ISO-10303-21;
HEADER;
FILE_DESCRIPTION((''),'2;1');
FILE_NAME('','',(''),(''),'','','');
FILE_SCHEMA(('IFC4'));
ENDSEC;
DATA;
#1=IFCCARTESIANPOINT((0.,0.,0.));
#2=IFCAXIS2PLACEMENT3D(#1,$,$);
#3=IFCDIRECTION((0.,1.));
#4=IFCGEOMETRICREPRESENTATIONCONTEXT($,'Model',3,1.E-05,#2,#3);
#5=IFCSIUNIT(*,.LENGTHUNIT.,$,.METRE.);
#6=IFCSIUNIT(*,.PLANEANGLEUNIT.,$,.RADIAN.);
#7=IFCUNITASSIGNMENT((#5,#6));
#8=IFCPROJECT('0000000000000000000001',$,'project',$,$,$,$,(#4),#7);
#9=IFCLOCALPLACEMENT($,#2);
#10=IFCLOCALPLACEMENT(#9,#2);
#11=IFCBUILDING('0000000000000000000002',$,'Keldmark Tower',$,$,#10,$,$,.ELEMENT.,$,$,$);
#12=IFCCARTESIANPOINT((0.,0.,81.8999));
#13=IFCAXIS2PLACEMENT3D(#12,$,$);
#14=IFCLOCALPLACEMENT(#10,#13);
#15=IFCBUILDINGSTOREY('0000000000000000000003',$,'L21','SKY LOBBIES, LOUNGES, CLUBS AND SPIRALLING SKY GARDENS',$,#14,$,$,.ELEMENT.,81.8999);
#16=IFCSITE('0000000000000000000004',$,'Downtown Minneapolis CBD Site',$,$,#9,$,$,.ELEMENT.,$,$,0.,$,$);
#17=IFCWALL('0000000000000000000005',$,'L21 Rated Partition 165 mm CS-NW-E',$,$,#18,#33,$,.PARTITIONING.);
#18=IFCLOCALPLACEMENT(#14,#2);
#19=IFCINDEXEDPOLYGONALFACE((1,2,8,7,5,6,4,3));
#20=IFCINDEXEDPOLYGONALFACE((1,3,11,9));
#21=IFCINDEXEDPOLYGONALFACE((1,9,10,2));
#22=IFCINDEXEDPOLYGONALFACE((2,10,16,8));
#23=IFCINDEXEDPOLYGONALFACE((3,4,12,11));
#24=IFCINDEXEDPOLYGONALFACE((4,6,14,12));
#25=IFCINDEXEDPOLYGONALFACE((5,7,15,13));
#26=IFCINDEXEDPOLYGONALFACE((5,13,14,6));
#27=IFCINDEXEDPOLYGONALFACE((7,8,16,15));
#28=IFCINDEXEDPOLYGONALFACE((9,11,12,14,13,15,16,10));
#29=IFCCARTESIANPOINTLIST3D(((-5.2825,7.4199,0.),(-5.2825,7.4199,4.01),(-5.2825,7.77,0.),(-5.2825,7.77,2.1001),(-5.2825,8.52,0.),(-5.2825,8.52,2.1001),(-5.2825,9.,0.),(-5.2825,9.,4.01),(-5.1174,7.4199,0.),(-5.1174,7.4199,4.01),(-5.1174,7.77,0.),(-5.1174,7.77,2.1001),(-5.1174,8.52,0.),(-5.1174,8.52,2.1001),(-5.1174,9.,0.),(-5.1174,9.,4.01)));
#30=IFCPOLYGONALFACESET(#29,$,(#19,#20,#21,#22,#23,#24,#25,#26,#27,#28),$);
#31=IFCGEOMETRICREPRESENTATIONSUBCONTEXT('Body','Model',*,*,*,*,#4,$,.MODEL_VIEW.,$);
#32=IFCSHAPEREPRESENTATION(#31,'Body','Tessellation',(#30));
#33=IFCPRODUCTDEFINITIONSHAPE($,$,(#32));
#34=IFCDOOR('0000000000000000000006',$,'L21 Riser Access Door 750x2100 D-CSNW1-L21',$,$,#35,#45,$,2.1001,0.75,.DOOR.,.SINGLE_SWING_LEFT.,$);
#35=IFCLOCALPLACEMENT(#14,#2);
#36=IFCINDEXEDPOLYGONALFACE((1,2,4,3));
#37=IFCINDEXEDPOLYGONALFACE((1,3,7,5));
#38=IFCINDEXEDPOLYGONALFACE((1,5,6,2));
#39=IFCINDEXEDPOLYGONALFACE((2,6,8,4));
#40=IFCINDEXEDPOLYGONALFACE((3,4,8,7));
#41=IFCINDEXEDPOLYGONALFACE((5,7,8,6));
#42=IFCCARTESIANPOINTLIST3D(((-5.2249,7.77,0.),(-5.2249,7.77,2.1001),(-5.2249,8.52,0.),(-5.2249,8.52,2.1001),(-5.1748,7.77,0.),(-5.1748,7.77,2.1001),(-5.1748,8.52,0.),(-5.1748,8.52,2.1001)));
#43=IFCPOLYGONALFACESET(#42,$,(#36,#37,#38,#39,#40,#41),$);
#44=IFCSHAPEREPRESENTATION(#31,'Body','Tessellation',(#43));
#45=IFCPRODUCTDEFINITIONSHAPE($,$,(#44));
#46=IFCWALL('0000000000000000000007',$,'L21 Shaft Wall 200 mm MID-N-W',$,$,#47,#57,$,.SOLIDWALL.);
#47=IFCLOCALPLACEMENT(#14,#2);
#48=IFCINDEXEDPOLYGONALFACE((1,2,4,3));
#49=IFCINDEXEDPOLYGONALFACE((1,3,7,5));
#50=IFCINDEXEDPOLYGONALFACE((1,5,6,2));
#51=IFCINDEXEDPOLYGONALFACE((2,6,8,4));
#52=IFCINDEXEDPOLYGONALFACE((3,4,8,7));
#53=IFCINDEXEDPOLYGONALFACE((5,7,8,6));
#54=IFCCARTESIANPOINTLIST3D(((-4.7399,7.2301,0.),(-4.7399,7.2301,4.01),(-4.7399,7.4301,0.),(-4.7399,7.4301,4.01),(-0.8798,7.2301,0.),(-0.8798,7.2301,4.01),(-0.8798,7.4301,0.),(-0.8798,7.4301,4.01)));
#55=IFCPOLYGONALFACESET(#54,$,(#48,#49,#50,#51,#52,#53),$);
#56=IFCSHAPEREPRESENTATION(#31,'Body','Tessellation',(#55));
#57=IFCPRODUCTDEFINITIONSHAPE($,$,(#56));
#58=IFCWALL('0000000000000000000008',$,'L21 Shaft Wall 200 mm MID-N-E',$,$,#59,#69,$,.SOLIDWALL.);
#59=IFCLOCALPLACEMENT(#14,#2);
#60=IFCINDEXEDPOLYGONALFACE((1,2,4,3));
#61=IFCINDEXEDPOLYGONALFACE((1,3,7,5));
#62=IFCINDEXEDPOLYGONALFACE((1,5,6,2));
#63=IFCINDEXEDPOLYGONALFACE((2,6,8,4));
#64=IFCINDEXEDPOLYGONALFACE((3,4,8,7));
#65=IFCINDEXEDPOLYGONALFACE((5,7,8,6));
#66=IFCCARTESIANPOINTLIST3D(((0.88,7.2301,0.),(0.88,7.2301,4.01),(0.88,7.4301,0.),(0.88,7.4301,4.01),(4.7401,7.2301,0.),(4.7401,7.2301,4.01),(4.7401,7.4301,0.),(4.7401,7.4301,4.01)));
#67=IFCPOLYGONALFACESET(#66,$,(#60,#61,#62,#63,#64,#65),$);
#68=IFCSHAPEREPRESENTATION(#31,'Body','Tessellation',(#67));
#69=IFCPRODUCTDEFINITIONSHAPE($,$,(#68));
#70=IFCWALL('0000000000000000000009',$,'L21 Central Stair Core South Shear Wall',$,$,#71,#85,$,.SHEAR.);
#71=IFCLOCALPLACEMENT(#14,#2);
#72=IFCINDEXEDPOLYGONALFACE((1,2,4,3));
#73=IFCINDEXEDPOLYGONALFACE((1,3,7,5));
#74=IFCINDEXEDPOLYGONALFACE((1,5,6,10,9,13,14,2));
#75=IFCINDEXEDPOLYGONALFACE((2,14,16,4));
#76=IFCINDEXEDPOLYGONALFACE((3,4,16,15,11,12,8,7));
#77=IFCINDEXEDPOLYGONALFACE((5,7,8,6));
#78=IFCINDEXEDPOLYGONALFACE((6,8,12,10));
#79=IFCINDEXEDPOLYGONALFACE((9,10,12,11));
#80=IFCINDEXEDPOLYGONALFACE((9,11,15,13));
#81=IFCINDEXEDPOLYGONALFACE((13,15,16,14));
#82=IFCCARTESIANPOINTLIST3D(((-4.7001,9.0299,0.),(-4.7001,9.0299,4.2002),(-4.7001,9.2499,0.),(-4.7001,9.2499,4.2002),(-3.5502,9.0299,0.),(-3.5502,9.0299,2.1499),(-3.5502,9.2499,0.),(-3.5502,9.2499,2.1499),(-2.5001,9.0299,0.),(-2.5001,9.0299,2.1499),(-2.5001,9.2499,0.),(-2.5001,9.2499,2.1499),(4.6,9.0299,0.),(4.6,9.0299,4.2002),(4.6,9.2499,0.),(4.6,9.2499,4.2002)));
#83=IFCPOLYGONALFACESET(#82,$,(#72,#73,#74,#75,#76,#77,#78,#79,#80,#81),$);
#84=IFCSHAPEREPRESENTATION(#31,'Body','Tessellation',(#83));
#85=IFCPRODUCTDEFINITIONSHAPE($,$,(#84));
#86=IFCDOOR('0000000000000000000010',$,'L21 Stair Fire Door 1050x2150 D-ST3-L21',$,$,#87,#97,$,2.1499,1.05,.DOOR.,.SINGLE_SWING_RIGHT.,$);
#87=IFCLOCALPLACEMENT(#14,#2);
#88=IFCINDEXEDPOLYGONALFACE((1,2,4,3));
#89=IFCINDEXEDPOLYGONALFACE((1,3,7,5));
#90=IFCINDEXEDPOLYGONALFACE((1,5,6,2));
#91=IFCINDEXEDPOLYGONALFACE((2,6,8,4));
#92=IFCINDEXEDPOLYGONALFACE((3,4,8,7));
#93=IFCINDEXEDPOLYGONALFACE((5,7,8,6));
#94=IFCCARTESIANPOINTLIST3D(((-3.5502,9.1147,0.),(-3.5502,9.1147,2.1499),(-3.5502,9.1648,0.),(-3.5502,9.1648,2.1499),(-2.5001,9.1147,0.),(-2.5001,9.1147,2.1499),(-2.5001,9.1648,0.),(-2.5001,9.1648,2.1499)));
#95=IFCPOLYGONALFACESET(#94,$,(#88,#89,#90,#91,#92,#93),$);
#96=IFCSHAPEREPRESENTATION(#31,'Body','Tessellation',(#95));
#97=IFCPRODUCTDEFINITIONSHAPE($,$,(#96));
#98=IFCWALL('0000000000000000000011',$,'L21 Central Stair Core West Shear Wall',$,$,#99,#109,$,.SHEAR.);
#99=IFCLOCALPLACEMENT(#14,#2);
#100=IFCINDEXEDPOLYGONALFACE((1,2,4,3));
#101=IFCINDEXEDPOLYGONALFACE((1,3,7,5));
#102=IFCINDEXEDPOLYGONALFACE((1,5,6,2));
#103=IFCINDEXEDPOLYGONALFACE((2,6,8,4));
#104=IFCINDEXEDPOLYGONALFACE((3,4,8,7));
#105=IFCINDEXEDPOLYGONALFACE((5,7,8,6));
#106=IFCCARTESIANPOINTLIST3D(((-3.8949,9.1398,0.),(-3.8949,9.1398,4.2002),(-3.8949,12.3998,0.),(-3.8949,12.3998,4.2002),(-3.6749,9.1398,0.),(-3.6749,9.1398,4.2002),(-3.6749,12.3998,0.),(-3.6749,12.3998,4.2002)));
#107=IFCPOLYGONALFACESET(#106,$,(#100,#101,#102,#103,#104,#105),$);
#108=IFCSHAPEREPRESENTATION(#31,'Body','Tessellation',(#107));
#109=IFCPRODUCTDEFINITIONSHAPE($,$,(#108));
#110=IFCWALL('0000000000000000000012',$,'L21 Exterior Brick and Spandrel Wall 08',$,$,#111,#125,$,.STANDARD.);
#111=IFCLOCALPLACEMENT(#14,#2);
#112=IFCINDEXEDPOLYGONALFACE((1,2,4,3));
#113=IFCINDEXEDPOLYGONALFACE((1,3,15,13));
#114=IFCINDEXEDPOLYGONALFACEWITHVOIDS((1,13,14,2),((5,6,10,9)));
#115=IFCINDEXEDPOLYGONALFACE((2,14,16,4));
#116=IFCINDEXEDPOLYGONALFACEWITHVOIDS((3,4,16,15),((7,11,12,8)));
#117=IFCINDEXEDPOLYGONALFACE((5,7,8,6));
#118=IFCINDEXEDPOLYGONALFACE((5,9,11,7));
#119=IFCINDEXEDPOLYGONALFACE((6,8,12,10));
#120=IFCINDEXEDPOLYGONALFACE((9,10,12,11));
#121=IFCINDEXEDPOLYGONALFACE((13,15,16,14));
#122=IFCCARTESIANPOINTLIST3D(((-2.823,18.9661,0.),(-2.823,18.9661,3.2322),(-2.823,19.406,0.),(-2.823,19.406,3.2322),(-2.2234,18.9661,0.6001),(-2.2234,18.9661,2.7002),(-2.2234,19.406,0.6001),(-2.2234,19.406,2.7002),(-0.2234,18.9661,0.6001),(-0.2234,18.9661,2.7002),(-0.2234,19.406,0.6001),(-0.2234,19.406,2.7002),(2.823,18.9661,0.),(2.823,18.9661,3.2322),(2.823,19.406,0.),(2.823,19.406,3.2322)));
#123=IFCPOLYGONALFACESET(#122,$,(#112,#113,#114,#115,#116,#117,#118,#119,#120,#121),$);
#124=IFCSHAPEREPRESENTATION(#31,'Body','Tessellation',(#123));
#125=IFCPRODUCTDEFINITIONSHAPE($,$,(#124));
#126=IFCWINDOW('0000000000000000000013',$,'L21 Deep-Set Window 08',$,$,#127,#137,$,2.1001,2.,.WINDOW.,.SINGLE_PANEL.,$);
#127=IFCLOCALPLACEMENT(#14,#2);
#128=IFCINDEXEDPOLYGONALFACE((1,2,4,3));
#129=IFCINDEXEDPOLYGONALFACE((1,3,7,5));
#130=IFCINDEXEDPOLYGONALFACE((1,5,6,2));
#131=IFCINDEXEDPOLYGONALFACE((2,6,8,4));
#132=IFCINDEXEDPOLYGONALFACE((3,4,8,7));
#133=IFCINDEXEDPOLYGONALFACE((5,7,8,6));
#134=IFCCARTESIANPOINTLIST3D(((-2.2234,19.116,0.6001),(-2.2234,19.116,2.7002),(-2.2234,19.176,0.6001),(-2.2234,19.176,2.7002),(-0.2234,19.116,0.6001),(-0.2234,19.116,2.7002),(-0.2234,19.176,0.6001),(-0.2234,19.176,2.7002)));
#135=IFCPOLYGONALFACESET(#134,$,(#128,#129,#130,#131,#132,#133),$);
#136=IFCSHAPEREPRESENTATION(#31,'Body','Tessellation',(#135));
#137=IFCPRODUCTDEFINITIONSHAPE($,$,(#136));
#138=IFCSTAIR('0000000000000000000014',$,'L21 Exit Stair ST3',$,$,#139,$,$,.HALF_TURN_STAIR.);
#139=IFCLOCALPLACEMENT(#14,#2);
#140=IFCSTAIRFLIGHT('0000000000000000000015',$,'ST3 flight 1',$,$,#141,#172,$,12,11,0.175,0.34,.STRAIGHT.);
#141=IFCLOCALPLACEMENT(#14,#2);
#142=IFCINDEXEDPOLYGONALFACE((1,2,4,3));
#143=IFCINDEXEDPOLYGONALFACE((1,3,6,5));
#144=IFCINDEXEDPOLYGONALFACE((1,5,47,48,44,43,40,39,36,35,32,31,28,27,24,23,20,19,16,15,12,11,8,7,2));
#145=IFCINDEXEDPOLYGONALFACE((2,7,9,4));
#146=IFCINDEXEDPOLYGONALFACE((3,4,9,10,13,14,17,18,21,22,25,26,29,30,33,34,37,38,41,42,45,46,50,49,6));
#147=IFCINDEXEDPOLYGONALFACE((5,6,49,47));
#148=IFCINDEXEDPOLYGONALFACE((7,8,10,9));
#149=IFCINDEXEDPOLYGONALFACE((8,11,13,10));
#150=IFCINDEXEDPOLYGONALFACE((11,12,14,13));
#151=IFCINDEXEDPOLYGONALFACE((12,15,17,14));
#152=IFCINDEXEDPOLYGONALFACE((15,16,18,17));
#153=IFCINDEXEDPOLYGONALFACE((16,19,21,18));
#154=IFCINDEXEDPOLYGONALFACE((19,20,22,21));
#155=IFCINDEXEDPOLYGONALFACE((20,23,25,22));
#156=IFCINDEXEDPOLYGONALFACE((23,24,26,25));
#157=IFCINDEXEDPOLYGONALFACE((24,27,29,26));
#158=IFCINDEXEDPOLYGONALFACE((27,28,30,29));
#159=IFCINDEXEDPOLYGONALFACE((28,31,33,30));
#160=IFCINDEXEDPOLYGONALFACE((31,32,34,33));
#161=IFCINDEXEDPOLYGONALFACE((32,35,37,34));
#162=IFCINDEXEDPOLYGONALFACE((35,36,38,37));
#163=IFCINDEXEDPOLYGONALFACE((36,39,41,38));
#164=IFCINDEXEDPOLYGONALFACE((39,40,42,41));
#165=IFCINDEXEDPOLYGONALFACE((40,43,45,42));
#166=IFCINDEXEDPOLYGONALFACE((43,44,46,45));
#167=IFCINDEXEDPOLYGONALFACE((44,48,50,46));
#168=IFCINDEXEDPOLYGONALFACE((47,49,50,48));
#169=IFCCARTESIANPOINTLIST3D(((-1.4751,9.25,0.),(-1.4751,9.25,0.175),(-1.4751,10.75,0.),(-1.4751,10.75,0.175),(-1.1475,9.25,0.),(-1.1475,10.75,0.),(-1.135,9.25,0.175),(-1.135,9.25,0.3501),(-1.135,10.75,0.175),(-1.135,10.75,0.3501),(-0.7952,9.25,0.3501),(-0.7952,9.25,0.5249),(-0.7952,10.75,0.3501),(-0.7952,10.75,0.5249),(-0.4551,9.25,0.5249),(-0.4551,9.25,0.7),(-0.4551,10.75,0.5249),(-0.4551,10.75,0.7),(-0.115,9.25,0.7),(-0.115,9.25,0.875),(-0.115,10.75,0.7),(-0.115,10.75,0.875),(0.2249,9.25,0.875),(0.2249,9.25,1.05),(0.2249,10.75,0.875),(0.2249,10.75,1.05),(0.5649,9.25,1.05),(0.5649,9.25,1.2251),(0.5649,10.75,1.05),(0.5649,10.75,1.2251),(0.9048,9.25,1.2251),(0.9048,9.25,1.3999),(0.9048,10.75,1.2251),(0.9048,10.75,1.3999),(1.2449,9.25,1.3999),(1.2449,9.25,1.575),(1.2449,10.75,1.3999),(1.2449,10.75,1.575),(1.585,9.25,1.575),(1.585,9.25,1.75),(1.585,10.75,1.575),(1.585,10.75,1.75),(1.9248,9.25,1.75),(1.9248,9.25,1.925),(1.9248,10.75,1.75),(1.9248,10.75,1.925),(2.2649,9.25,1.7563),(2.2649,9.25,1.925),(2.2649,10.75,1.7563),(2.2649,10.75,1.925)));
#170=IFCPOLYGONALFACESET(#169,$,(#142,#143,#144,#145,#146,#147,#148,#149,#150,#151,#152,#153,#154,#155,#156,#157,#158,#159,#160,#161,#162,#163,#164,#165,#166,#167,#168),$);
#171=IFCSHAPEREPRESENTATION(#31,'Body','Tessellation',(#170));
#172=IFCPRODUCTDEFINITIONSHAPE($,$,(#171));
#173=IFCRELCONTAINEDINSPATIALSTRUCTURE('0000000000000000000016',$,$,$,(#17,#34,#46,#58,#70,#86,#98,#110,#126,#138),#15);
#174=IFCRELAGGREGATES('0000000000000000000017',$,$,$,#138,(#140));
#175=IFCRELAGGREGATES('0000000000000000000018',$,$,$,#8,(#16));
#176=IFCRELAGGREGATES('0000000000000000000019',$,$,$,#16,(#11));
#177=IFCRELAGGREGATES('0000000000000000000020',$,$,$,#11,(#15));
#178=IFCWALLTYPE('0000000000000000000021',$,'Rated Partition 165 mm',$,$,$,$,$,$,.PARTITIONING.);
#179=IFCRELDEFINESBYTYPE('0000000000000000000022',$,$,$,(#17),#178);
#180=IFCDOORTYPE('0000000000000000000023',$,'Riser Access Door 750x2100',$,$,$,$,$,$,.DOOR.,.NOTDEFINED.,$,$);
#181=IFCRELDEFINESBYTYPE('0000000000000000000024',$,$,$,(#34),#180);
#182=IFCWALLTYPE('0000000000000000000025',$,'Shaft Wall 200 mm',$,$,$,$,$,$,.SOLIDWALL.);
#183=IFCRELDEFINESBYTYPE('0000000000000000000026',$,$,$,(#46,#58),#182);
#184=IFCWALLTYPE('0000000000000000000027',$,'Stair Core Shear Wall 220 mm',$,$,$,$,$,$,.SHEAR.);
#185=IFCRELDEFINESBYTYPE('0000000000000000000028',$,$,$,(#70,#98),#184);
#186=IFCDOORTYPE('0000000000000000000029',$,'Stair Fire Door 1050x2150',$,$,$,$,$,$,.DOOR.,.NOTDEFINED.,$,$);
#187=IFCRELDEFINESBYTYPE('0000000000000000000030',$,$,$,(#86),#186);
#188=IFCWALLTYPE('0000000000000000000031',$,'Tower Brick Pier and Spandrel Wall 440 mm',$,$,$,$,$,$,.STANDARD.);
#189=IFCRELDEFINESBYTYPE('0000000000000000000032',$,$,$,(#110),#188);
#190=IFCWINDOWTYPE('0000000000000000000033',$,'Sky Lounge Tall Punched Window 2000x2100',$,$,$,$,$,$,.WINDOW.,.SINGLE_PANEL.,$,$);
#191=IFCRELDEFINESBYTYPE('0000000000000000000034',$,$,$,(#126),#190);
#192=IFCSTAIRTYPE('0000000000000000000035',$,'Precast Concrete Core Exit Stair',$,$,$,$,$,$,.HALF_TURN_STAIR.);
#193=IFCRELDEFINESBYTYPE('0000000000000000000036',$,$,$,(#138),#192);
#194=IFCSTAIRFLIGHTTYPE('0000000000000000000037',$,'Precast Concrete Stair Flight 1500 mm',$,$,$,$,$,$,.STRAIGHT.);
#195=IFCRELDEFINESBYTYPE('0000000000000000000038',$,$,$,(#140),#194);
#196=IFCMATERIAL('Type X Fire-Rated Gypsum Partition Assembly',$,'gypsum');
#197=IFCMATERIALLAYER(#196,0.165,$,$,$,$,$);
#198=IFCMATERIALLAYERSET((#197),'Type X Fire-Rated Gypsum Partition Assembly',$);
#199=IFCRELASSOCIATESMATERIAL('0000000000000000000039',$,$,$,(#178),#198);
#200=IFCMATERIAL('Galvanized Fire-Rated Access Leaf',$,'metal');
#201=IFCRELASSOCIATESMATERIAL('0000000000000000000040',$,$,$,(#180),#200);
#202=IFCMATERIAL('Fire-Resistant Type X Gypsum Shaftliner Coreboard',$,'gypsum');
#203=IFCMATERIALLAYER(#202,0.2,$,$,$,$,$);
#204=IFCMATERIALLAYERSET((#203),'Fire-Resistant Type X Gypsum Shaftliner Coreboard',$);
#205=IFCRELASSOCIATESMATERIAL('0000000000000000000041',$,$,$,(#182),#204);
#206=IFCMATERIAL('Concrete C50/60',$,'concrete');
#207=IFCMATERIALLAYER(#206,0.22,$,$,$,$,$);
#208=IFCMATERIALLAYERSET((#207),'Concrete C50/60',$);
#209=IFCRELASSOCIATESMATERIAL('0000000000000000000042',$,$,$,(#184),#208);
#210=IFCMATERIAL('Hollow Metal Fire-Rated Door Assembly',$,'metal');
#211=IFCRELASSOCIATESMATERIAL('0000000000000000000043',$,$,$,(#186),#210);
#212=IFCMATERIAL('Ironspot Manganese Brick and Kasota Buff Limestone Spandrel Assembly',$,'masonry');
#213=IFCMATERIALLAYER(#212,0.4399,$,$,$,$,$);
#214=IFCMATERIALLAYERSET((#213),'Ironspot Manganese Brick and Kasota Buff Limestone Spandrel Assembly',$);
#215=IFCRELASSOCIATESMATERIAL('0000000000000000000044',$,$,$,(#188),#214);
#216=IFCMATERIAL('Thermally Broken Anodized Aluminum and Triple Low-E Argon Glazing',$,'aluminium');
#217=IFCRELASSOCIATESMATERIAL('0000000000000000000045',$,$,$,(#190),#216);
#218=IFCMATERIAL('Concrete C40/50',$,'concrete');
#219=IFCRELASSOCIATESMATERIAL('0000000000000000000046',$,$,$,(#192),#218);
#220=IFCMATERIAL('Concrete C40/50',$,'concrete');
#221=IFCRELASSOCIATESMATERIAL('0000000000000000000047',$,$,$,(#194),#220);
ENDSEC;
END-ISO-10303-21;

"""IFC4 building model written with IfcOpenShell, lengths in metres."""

from ifc_helpers import new_model, si_unit, direction, frame, frame_2d, origin, place, context, subcontext, project, spatial, polyline, rectangle, outline, extrude, material, layer, layer_set, type_object, element, fill, aggregate, save


model = new_model("IFC4")

# Units and contexts
model_context = context("Model", 3, precision=1e-05, world=origin(), true_north=direction((0.0, 1.0)))
body_context = subcontext(model_context, "Body", "Model", "MODEL_VIEW")
ifc_project = project(units=[si_unit("LENGTHUNIT", "METRE"), si_unit("PLANEANGLEUNIT", "RADIAN")], contexts=[model_context])

# Site, building, storey
site_placement = place(None, origin())
site = spatial("IfcSite", under=ifc_project, at=site_placement, Name="Downtown Minneapolis CBD Site", CompositionType="ELEMENT", RefElevation=0.0)
building_placement = place(site_placement, origin())
building = spatial("IfcBuilding", under=site, at=building_placement, Name="Keldmark Tower", CompositionType="ELEMENT")
storey_placement = place(building_placement, frame((0.0, 0.0, 81.8999)))
storey = spatial("IfcBuildingStorey", under=building, at=storey_placement, Name="L21", Description="SKY LOBBIES, LOUNGES, CLUBS AND SPIRALLING SKY GARDENS", CompositionType="ELEMENT", Elevation=81.8999)

# Wall, opening, door
ifc_material_1 = material(Name="Type X Fire-Rated Gypsum Partition Assembly", Category="gypsum")
ifc_layer_1 = layer(ifc_material_1, 0.165)
ifc_layer_set_1 = layer_set([ifc_layer_1], Name="Type X Fire-Rated Gypsum Partition Assembly")
wall_type_1 = type_object("IfcWallType", Name="Rated Partition 165 mm", PredefinedType="PARTITIONING", material=ifc_layer_set_1)
wall_1_placement = place(storey_placement, frame((-5.2, 7.4199, 0.0), z_axis=(0.0, 0.0, 1.0), x_axis=(0.0, 1.0, 0.0)))
wall_1 = element("IfcWall", 1, at=wall_1_placement, inside=storey, type_object=wall_type_1, Name="L21 Rated Partition 165 mm CS-NW-E", PredefinedType="PARTITIONING", context=body_context, shape_type="SweptSolid", body=[
    extrude(rectangle(XDim=1.5801, YDim=0.165, at=frame_2d((0.79, 0.0))), origin(), (0.0, 0.0, 1.0), 4.01),
])
opening_1_placement = place(wall_1_placement, frame((0.3501, 0.0, 0.0)))
opening_1 = element("IfcOpeningElement", 2, at=opening_1_placement, cuts=wall_1, PredefinedType="OPENING", context=body_context, shape_type="SweptSolid", body=[
    extrude(rectangle(XDim=0.75, YDim=2.1001, at=frame_2d((0.375, 1.05))), frame((0.0, 0.0925, 0.0), z_axis=(0.0, -1.0, 0.0), x_axis=(1.0, 0.0, 0.0)), (0.0, 0.0, 1.0), 0.1851),
])
ifc_material_2 = material(Name="Galvanized Fire-Rated Access Leaf", Category="metal")
door_type_1 = type_object("IfcDoorType", Name="Riser Access Door 750x2100", OperationType="NOTDEFINED", PredefinedType="DOOR", material=ifc_material_2)
door_1_placement = place(opening_1_placement, origin())
door_1 = element("IfcDoor", 3, at=door_1_placement, inside=storey, type_object=door_type_1, Name="L21 Riser Access Door 750x2100 D-CSNW1-L21", OperationType="SINGLE_SWING_LEFT", OverallHeight=2.1001, OverallWidth=0.75, PredefinedType="DOOR", context=body_context, shape_type="SweptSolid", body=[
    extrude(rectangle(XDim=0.75, YDim=2.1001, at=frame_2d((0.375, 1.05))), frame((0.0, 0.0249, 0.0), z_axis=(0.0, -1.0, 0.0), x_axis=(1.0, 0.0, 0.0)), (0.0, 0.0, 1.0), 0.05),
])
fill(opening_1, door_1)

# Walls
ifc_material_3 = material(Name="Fire-Resistant Type X Gypsum Shaftliner Coreboard", Category="gypsum")
ifc_layer_2 = layer(ifc_material_3, 0.2)
ifc_layer_set_2 = layer_set([ifc_layer_2], Name="Fire-Resistant Type X Gypsum Shaftliner Coreboard")
wall_type_2 = type_object("IfcWallType", Name="Shaft Wall 200 mm", PredefinedType="SOLIDWALL", material=ifc_layer_set_2)
for number, where, z_axis, x_axis, name in (
    (4, (-4.74, 7.3301, 0.0), (0.0, 0.0, 1.0), (1.0, 0.0, 0.0), "L21 Shaft Wall 200 mm MID-N-W"),
    (5, (0.8799, 7.3301, 0.0), (0.0, 0.0, 1.0), (1.0, 0.0, 0.0), "L21 Shaft Wall 200 mm MID-N-E"),
):
    element("IfcWall", number, at=place(storey_placement, frame(where, z_axis=z_axis, x_axis=x_axis)), inside=storey, type_object=wall_type_2, Name=name, PredefinedType="SOLIDWALL", context=body_context, shape_type="SweptSolid", body=[
        extrude(rectangle(XDim=3.8601, YDim=0.2, at=frame_2d((1.9302, 0.0))), origin(), (0.0, 0.0, 1.0), 4.01),
    ])

# Wall, opening, door
ifc_material_4 = material(Name="Concrete C50/60", Category="concrete")
ifc_layer_3 = layer(ifc_material_4, 0.22)
ifc_layer_set_3 = layer_set([ifc_layer_3], Name="Concrete C50/60")
wall_type_3 = type_object("IfcWallType", Name="Stair Core Shear Wall 220 mm", PredefinedType="SHEAR", material=ifc_layer_set_3)
wall_2_placement = place(storey_placement, frame((-4.7, 9.1399, 0.0), z_axis=(0.0, 0.0, 1.0), x_axis=(1.0, 0.0, 0.0)))
wall_2 = element("IfcWall", 6, at=wall_2_placement, inside=storey, type_object=wall_type_3, Name="L21 Central Stair Core South Shear Wall", PredefinedType="SHEAR", context=body_context, shape_type="SweptSolid", body=[
    extrude(rectangle(XDim=9.3, YDim=0.22, at=frame_2d((4.6499, 0.0))), origin(), (0.0, 0.0, 1.0), 4.2002),
])
opening_2_placement = place(wall_2_placement, frame((1.1499, 0.0, 0.0)))
opening_2 = element("IfcOpeningElement", 7, at=opening_2_placement, cuts=wall_2, PredefinedType="OPENING", context=body_context, shape_type="SweptSolid", body=[
    extrude(rectangle(XDim=1.05, YDim=2.1499, at=frame_2d((0.5249, 1.075))), frame((0.0, 0.1199, 0.0), z_axis=(0.0, -1.0, 0.0), x_axis=(1.0, 0.0, 0.0)), (0.0, 0.0, 1.0), 0.24),
])
ifc_material_5 = material(Name="Hollow Metal Fire-Rated Door Assembly", Category="metal")
door_type_2 = type_object("IfcDoorType", Name="Stair Fire Door 1050x2150", OperationType="NOTDEFINED", PredefinedType="DOOR", material=ifc_material_5)
door_2_placement = place(opening_2_placement, origin())
door_2 = element("IfcDoor", 8, at=door_2_placement, inside=storey, type_object=door_type_2, Name="L21 Stair Fire Door 1050x2150 D-ST3-L21", OperationType="SINGLE_SWING_RIGHT", OverallHeight=2.1499, OverallWidth=1.05, PredefinedType="DOOR", context=body_context, shape_type="SweptSolid", body=[
    extrude(rectangle(XDim=1.05, YDim=2.1499, at=frame_2d((0.5249, 1.075))), frame((0.0, 0.0249, 0.0), z_axis=(0.0, -1.0, 0.0), x_axis=(1.0, 0.0, 0.0)), (0.0, 0.0, 1.0), 0.05),
])
fill(opening_2, door_2)

# Wall
wall_3_placement = place(storey_placement, frame((-3.7849, 9.1399, 0.0), z_axis=(0.0, 0.0, 1.0), x_axis=(0.0, 1.0, 0.0)))
element("IfcWall", 9, at=wall_3_placement, inside=storey, type_object=wall_type_3, Name="L21 Central Stair Core West Shear Wall", PredefinedType="SHEAR", context=body_context, shape_type="SweptSolid", body=[
    extrude(rectangle(XDim=3.26, YDim=0.22, at=frame_2d((1.6299, 0.0))), origin(), (0.0, 0.0, 1.0), 4.2002),
])

# Wall, opening, window
ifc_material_6 = material(Name="Ironspot Manganese Brick and Kasota Buff Limestone Spandrel Assembly", Category="masonry")
ifc_layer_4 = layer(ifc_material_6, 0.4399)
ifc_layer_set_4 = layer_set([ifc_layer_4], Name="Ironspot Manganese Brick and Kasota Buff Limestone Spandrel Assembly")
wall_type_4 = type_object("IfcWallType", Name="Tower Brick Pier and Spandrel Wall 440 mm", PredefinedType="STANDARD", material=ifc_layer_set_4)
wall_4_placement = place(storey_placement, frame((-2.823, 19.186, 0.0), z_axis=(0.0, 0.0, 1.0), x_axis=(1.0, 0.0, 0.0)))
wall_4 = element("IfcWall", 10, at=wall_4_placement, inside=storey, type_object=wall_type_4, Name="L21 Exterior Brick and Spandrel Wall 08", PredefinedType="STANDARD", context=body_context, shape_type="SweptSolid", body=[
    extrude(rectangle(XDim=5.646, YDim=0.4399, at=frame_2d((2.823, 0.0))), origin(), (0.0, 0.0, 1.0), 3.2322),
])
opening_3_placement = place(wall_4_placement, frame((0.5996, 0.0, 0.6001)))
opening_3 = element("IfcOpeningElement", 11, at=opening_3_placement, cuts=wall_4, PredefinedType="OPENING", context=body_context, shape_type="SweptSolid", body=[
    extrude(rectangle(XDim=2.0, YDim=2.1001, at=frame_2d((1.0, 1.05))), frame((0.0, 0.23, 0.0), z_axis=(0.0, -1.0, 0.0), x_axis=(1.0, 0.0, 0.0)), (0.0, 0.0, 1.0), 0.46),
])
ifc_material_7 = material(Name="Thermally Broken Anodized Aluminum and Triple Low-E Argon Glazing", Category="aluminium")
window_type = type_object("IfcWindowType", Name="Sky Lounge Tall Punched Window 2000x2100", PartitioningType="SINGLE_PANEL", PredefinedType="WINDOW", material=ifc_material_7)
window_placement = place(opening_3_placement, origin())
window = element("IfcWindow", 12, at=window_placement, inside=storey, type_object=window_type, Name="L21 Deep-Set Window 08", OverallHeight=2.1001, OverallWidth=2.0, PartitioningType="SINGLE_PANEL", PredefinedType="WINDOW", context=body_context, shape_type="SweptSolid", body=[
    extrude(rectangle(XDim=2.0, YDim=2.1001, at=frame_2d((1.0, 1.05))), frame((0.0, -0.01, 0.0), z_axis=(0.0, -1.0, 0.0), x_axis=(1.0, 0.0, 0.0)), (0.0, 0.0, 1.0), 0.0601),
])
fill(opening_3, window)

# Stair, stair flight
ifc_material_8 = material(Name="Concrete C40/50", Category="concrete")
stair_type = type_object("IfcStairType", Name="Precast Concrete Core Exit Stair", PredefinedType="HALF_TURN_STAIR", material=ifc_material_8)
stair_placement = place(storey_placement, origin())
stair = element("IfcStair", 13, at=stair_placement, inside=storey, type_object=stair_type, Name="L21 Exit Stair ST3", PredefinedType="HALF_TURN_STAIR")
ifc_material_9 = material(Name="Concrete C40/50", Category="concrete")
stair_flight_type = type_object("IfcStairFlightType", Name="Precast Concrete Stair Flight 1500 mm", PredefinedType="STRAIGHT", material=ifc_material_9)
stair_flight_placement = place(storey_placement, frame((-1.4751, 10.0, 0.0), z_axis=(0.0, 0.0, 1.0), x_axis=(1.0, 0.0, 0.0)))
stair_flight = element("IfcStairFlight", 14, at=stair_flight_placement, type_object=stair_flight_type, Name="ST3 flight 1", NumberOfRisers=12, NumberOfTreads=11, PredefinedType="STRAIGHT", RiserHeight=0.175, TreadLength=0.34, context=body_context, shape_type="SweptSolid", body=[
    extrude(outline(polyline([(0.0, 0.0), (0.0, 0.175), (0.3401, 0.175), (0.3401, 0.3501), (0.6799, 0.3501), (0.6799, 0.5249), (1.02, 0.5249), (1.02, 0.7), (1.3601, 0.7), (1.3601, 0.875), (1.7, 0.875), (1.7, 1.05), (2.04, 1.05), (2.04, 1.2251), (2.3799, 1.2251), (2.3799, 1.3999), (2.72, 1.3999), (2.72, 1.575), (3.0601, 1.575), (3.0601, 1.75), (3.3999, 1.75), (3.3999, 1.925), (3.74, 1.925), (3.74, 2.1001), (3.74, 1.7563), (0.3276, 0.0), (0.0, 0.0)])), frame((0.0, 0.75, 0.0), z_axis=(0.0, -1.0, 0.0), x_axis=(1.0, 0.0, 0.0)), (0.0, 0.0, 1.0), 1.5),
])
aggregate(stair, [stair_flight])

save(model, "model.ifc")
